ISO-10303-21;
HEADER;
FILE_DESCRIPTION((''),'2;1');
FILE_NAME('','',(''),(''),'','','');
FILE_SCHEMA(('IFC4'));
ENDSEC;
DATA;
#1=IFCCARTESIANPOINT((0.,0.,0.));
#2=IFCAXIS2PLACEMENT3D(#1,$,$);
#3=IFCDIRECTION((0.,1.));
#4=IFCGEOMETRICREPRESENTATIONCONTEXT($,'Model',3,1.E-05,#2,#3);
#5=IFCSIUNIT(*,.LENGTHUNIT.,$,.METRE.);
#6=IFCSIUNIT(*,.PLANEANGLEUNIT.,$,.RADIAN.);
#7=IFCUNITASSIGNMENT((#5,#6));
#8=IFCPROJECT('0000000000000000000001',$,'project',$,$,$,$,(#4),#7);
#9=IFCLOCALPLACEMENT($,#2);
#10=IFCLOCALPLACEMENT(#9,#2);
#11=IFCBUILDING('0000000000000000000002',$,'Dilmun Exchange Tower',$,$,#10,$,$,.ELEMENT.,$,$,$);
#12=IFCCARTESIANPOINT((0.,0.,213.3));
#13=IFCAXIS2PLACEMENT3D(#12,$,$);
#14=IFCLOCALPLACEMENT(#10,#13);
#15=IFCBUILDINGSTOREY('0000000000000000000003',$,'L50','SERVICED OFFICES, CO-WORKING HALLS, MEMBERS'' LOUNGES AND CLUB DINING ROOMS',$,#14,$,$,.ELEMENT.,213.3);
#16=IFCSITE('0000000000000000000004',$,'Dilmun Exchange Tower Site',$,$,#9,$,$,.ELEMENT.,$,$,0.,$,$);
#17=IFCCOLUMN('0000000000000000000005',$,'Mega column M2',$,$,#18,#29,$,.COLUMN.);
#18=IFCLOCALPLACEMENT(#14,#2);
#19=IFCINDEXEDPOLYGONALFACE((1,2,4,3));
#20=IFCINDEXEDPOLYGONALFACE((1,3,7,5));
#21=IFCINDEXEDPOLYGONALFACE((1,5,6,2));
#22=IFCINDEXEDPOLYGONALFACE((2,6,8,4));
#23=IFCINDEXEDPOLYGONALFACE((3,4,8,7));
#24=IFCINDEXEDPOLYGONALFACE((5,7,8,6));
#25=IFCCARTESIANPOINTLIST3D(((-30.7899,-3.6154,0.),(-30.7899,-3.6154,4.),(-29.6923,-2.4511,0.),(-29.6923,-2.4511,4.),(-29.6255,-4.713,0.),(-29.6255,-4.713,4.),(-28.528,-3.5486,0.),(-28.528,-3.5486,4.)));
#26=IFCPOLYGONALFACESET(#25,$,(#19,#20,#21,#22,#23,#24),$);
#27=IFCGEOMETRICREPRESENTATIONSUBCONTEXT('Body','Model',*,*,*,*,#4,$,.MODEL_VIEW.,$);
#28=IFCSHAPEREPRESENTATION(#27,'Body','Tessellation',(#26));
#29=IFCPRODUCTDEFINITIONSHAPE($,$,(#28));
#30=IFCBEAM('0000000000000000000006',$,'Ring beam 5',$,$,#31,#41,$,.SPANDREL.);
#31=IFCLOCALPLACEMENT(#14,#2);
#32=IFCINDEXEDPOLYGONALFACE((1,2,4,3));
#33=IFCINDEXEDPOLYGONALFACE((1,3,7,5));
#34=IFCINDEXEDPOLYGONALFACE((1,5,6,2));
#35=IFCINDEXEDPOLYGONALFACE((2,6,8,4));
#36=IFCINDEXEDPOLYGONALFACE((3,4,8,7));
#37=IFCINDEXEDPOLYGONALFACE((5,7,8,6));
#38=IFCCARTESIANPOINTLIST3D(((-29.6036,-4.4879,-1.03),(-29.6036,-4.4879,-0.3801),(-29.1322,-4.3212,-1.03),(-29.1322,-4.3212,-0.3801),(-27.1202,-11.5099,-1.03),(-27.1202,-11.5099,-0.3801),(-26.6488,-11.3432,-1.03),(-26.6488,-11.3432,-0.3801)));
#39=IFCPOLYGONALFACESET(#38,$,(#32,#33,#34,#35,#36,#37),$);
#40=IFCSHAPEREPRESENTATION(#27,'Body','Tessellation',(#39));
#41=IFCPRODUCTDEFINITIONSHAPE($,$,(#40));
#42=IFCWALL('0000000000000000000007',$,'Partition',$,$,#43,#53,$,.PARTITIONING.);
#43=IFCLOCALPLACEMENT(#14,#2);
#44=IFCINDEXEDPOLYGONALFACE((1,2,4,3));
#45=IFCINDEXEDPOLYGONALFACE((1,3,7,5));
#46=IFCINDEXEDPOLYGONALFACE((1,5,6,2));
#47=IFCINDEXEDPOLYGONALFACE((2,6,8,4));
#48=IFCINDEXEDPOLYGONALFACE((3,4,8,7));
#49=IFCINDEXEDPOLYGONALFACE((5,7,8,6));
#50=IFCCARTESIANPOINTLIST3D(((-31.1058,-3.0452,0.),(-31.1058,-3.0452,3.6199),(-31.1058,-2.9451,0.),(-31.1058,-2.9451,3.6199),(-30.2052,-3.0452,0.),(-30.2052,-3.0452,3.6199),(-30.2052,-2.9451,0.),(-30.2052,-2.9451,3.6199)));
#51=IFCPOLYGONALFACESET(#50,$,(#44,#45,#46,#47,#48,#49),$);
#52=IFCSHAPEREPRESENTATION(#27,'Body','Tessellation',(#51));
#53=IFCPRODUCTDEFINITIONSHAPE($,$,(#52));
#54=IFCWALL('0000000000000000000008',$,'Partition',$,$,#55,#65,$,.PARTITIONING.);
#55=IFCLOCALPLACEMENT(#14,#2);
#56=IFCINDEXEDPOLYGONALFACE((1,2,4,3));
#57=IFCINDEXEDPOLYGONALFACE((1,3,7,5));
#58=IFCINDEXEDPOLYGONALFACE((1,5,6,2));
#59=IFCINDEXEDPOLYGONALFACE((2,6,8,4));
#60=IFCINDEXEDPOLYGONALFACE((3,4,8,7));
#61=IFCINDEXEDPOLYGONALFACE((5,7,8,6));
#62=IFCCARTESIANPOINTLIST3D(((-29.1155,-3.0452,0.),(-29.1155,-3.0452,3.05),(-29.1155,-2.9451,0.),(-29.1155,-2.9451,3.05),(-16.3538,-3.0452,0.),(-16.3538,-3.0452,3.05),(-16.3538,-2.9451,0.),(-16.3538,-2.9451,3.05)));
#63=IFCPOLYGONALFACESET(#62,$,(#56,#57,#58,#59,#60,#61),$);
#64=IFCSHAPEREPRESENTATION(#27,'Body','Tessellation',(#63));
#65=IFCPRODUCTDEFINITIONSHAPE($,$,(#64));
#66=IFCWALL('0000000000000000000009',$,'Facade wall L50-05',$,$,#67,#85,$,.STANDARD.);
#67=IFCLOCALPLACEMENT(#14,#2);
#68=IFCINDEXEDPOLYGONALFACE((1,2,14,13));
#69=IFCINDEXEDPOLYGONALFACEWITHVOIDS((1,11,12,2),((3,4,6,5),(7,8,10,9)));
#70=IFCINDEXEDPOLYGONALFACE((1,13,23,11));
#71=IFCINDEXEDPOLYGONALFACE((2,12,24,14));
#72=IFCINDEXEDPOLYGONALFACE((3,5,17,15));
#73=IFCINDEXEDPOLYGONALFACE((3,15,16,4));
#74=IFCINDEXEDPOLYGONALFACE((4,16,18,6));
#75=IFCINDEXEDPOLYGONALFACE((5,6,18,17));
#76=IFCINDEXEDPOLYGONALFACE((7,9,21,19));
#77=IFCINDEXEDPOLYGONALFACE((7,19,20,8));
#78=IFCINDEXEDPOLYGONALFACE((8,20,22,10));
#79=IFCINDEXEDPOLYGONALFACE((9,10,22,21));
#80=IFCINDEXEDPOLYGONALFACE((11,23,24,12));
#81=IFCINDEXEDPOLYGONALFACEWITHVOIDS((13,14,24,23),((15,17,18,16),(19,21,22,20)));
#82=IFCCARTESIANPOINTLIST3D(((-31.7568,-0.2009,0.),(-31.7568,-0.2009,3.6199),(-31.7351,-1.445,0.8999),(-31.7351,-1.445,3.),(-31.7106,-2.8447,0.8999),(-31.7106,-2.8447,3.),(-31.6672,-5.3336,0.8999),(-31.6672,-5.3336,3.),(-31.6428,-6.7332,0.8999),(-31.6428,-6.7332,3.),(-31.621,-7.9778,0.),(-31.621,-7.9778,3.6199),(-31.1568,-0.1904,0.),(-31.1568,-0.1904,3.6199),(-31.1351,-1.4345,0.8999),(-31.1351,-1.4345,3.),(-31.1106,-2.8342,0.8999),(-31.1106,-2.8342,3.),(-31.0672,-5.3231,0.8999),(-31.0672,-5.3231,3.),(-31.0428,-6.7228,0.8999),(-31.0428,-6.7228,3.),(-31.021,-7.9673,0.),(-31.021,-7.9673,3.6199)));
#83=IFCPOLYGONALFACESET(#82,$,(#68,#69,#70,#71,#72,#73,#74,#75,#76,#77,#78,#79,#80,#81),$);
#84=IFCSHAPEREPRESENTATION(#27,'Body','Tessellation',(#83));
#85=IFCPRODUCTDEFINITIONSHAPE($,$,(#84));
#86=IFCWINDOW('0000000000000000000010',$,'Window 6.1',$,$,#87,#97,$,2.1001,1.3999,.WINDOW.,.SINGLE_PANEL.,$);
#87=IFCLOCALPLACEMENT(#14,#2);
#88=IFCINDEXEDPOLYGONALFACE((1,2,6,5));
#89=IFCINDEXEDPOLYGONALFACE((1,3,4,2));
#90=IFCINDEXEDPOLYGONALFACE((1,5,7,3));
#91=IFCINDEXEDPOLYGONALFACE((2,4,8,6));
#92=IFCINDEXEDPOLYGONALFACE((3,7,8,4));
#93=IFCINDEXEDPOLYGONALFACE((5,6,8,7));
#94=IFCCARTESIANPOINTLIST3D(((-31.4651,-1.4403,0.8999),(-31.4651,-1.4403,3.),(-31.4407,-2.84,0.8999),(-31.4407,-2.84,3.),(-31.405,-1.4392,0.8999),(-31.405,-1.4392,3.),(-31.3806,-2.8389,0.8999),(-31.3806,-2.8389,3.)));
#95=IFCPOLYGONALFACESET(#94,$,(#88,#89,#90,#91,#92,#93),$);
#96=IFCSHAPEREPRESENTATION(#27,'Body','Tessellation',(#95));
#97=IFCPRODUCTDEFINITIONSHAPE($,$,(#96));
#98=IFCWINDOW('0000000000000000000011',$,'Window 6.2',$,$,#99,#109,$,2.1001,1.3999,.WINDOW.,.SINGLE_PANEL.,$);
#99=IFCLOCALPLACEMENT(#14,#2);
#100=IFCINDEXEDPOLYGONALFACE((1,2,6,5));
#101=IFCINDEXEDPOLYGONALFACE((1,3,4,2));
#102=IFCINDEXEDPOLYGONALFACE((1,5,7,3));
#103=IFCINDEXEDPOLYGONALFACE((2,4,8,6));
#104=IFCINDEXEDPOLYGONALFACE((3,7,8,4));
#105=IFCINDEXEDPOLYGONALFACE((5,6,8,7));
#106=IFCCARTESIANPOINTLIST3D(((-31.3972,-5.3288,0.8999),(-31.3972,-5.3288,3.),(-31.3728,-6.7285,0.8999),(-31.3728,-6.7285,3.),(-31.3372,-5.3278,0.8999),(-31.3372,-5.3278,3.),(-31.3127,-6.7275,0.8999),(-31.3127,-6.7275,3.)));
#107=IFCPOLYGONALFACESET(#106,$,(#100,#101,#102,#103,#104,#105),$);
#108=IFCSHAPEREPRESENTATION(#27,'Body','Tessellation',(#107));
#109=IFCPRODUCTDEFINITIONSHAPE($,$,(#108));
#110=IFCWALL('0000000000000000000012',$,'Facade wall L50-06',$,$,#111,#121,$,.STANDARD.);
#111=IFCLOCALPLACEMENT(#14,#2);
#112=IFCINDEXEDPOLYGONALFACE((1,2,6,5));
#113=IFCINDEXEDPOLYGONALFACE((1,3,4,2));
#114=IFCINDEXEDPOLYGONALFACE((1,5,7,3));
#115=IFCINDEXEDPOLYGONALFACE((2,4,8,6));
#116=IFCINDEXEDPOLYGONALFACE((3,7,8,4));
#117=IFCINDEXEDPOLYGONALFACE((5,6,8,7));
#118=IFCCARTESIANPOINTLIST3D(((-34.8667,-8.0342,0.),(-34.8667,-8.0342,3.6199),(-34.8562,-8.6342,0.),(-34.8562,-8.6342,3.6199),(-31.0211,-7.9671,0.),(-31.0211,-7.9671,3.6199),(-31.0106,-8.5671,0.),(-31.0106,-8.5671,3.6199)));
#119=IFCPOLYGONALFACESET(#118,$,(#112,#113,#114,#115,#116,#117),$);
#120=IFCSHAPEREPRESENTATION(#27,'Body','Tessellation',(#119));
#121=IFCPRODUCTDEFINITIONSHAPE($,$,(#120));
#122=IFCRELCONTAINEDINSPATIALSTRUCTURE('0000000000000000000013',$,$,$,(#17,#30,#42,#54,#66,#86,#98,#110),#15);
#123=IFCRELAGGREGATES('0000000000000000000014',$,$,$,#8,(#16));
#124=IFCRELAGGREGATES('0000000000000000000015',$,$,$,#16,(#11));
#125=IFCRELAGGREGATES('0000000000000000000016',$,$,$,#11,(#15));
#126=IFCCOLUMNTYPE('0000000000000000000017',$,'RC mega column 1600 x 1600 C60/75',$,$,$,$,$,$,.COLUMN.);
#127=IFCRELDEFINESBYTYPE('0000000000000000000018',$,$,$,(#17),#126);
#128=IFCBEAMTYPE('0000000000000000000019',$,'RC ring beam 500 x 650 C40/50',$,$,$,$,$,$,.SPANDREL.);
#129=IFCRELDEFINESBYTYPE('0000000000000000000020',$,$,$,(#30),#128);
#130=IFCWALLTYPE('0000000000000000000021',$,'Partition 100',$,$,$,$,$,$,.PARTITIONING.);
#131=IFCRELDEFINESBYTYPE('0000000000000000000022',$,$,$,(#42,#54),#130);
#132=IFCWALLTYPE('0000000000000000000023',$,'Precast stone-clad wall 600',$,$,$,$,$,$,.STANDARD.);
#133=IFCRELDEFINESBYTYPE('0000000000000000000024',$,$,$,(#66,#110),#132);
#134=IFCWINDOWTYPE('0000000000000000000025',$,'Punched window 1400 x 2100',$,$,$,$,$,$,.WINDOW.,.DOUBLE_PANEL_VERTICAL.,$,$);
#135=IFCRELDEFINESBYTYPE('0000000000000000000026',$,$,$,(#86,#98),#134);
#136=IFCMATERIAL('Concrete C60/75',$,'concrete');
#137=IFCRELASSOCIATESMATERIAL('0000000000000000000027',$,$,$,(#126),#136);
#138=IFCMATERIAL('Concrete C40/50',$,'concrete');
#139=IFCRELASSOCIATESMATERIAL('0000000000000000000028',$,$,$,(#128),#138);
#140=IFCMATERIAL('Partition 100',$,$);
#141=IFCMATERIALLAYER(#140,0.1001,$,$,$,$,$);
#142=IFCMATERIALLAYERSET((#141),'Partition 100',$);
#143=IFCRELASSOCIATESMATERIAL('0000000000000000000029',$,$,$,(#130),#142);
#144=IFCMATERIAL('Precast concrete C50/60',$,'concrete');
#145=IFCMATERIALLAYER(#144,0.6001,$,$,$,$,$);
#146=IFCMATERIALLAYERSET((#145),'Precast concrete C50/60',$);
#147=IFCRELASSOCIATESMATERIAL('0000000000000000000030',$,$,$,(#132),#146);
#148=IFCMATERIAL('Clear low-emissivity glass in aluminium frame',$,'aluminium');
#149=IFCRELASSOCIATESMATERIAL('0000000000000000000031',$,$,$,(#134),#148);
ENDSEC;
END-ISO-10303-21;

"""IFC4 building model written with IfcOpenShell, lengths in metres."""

from ifc_helpers import new_model, si_unit, direction, frame, frame_2d, origin, origin_2d, place, context, subcontext, project, spatial, rectangle, extrude, material, layer, layer_set, material_profile, profile_set, type_object, element, fill, save


model = new_model("IFC4")

# Units and contexts
model_context = context("Model", 3, precision=1e-05, world=origin(), true_north=direction((0.0, 1.0)))
body_context = subcontext(model_context, "Body", "Model", "MODEL_VIEW")
ifc_project = project(units=[si_unit("LENGTHUNIT", "METRE"), si_unit("PLANEANGLEUNIT", "RADIAN")], contexts=[model_context])

# Site, building, storey
site_placement = place(None, origin())
site = spatial("IfcSite", under=ifc_project, at=site_placement, Name="Dilmun Exchange Tower Site", CompositionType="ELEMENT", RefElevation=0.0)
building_placement = place(site_placement, origin())
building = spatial("IfcBuilding", under=site, at=building_placement, Name="Dilmun Exchange Tower", CompositionType="ELEMENT")
storey_placement = place(building_placement, frame((0.0, 0.0, 213.3)))
storey = spatial("IfcBuildingStorey", under=building, at=storey_placement, Name="L50", Description="SERVICED OFFICES, CO-WORKING HALLS, MEMBERS' LOUNGES AND CLUB DINING ROOMS", CompositionType="ELEMENT", Elevation=213.3)

# Column
ifc_material_1 = material(Name="Concrete C60/75", Category="concrete")
ifc_material_profile_1 = material_profile(ifc_material_1, rectangle(XDim=1.6001, YDim=1.6001, at=origin_2d()), Name="1600 x 1600")
ifc_profile_set_1 = profile_set([ifc_material_profile_1], Name="Concrete C60/75")
column_type = type_object("IfcColumnType", Name="RC mega column 1600 x 1600 C60/75", PredefinedType="COLUMN", material=ifc_profile_set_1)
column_placement = place(storey_placement, frame((-29.6589, -3.582, 0.0), z_axis=(0.0, 0.0, 1.0), x_axis=(0.685916, 0.727681, 0.0)))
element("IfcColumn", 1, at=column_placement, inside=storey, type_object=column_type, Name="Mega column M2", PredefinedType="COLUMN", context=body_context, shape_type="SweptSolid", body=[
    extrude(rectangle(XDim=1.6001, YDim=1.6001, at=origin_2d()), origin(), (0.0, 0.0, 1.0), 4.0),
])

# Beam
ifc_material_2 = material(Name="Concrete C40/50", Category="concrete")
ifc_material_profile_2 = material_profile(ifc_material_2, rectangle(XDim=0.5, YDim=0.6499, at=origin_2d()), Name="500 x 650")
ifc_profile_set_2 = profile_set([ifc_material_profile_2], Name="Concrete C40/50")
beam_type = type_object("IfcBeamType", Name="RC ring beam 500 x 650 C40/50", PredefinedType="SPANDREL", material=ifc_profile_set_2)
beam_placement = place(storey_placement, frame((-29.3679, -4.4045, -0.7051), z_axis=(0.333424, -0.942777, 0.0), x_axis=(0.942777, 0.333424, 0.0)))
element("IfcBeam", 2, at=beam_placement, inside=storey, type_object=beam_type, Name="Ring beam 5", PredefinedType="SPANDREL", context=body_context, shape_type="SweptSolid", body=[
    extrude(rectangle(XDim=0.5, YDim=0.6499, at=origin_2d()), origin(), (0.0, 0.0, 1.0), 7.4482),
])

# Walls
ifc_material_3 = material(Name="Partition 100")
ifc_layer_1 = layer(ifc_material_3, 0.1001)
ifc_layer_set_1 = layer_set([ifc_layer_1], Name="Partition 100")
wall_type_1 = type_object("IfcWallType", Name="Partition 100", PredefinedType="PARTITIONING", material=ifc_layer_set_1)
wall_1_placement = place(storey_placement, frame((-31.1057, -2.9951, 0.0), z_axis=(0.0, 0.0, 1.0), x_axis=(1.0, 0.0, 0.0)))
element("IfcWall", 3, at=wall_1_placement, inside=storey, type_object=wall_type_1, Name="Partition", PredefinedType="PARTITIONING", context=body_context, shape_type="SweptSolid", body=[
    extrude(rectangle(XDim=0.9006, YDim=0.1001, at=frame_2d((0.4502, 0.0))), origin(), (0.0, 0.0, 1.0), 3.6199),
])
wall_2_placement = place(storey_placement, frame((-29.1155, -2.9951, 0.0), z_axis=(0.0, 0.0, 1.0), x_axis=(1.0, 0.0, 0.0)))
element("IfcWall", 4, at=wall_2_placement, inside=storey, type_object=wall_type_1, Name="Partition", PredefinedType="PARTITIONING", context=body_context, shape_type="SweptSolid", body=[
    extrude(rectangle(XDim=12.7617, YDim=0.1001, at=frame_2d((6.3809, 0.0))), origin(), (0.0, 0.0, 1.0), 3.05),
])

# Wall, openings, windows
ifc_material_4 = material(Name="Precast concrete C50/60", Category="concrete")
ifc_layer_2 = layer(ifc_material_4, 0.6001)
ifc_layer_set_2 = layer_set([ifc_layer_2], Name="Precast concrete C50/60")
wall_type_2 = type_object("IfcWallType", Name="Precast stone-clad wall 600", PredefinedType="STANDARD", material=ifc_layer_set_2)
wall_3_placement = place(storey_placement, frame((-31.4568, -0.1956, 0.0), z_axis=(0.0, 0.0, 1.0), x_axis=(0.017452, -0.999848, 0.0)))
wall_3 = element("IfcWall", 5, at=wall_3_placement, inside=storey, type_object=wall_type_2, Name="Facade wall L50-05", PredefinedType="STANDARD", context=body_context, shape_type="SweptSolid", body=[
    extrude(rectangle(XDim=7.7781, YDim=0.6001, at=frame_2d((3.8892, 0.0))), origin(), (0.0, 0.0, 1.0), 3.6199),
])
opening_1_placement = place(wall_3_placement, frame((1.2444, 0.0, 0.8999)))
opening_1 = element("IfcOpeningElement", 6, at=opening_1_placement, cuts=wall_3, PredefinedType="OPENING", context=body_context, shape_type="SweptSolid", body=[
    extrude(rectangle(XDim=1.3999, YDim=2.1001, at=frame_2d((0.7, 1.05))), frame((0.0, 0.3101, 0.0), z_axis=(0.0, -1.0, 0.0), x_axis=(1.0, 0.0, 0.0)), (0.0, 0.0, 1.0), 0.6201),
])
opening_2_placement = place(wall_3_placement, frame((5.1335, 0.0, 0.8999)))
opening_2 = element("IfcOpeningElement", 7, at=opening_2_placement, cuts=wall_3, PredefinedType="OPENING", context=body_context, shape_type="SweptSolid", body=[
    extrude(rectangle(XDim=1.3999, YDim=2.1001, at=frame_2d((0.7, 1.05))), frame((0.0, 0.3101, 0.0), z_axis=(0.0, -1.0, 0.0), x_axis=(1.0, 0.0, 0.0)), (0.0, 0.0, 1.0), 0.6201),
])
ifc_material_5 = material(Name="Clear low-emissivity glass in aluminium frame", Category="aluminium")
window_type_1 = type_object("IfcWindowType", Name="Punched window 1400 x 2100", PartitioningType="DOUBLE_PANEL_VERTICAL", PredefinedType="WINDOW", material=ifc_material_5)
window_1_placement = place(opening_1_placement, origin())
window_1 = element("IfcWindow", 8, at=window_1_placement, inside=storey, type_object=window_type_1, Name="Window 6.1", OverallHeight=2.1001, OverallWidth=1.3999, PartitioningType="SINGLE_PANEL", PredefinedType="WINDOW", context=body_context, shape_type="SweptSolid", body=[
    extrude(rectangle(XDim=1.3999, YDim=2.1001, at=frame_2d((0.7, 1.05))), frame((0.0, 0.03, 0.0), z_axis=(0.0, -1.0, 0.0), x_axis=(1.0, 0.0, 0.0)), (0.0, 0.0, 1.0), 0.0601),
])
fill(opening_1, window_1)
window_2_placement = place(opening_2_placement, origin())
window_2 = element("IfcWindow", 9, at=window_2_placement, inside=storey, type_object=window_type_1, Name="Window 6.2", OverallHeight=2.1001, OverallWidth=1.3999, PartitioningType="SINGLE_PANEL", PredefinedType="WINDOW", context=body_context, shape_type="SweptSolid", body=[
    extrude(rectangle(XDim=1.3999, YDim=2.1001, at=frame_2d((0.7, 1.05))), frame((0.0, 0.03, 0.0), z_axis=(0.0, -1.0, 0.0), x_axis=(1.0, 0.0, 0.0)), (0.0, 0.0, 1.0), 0.0601),
])
fill(opening_2, window_2)

# Wall
wall_4_placement = place(storey_placement, frame((-31.0159, -8.2671, 0.0), z_axis=(0.0, 0.0, 1.0), x_axis=(-0.999848, -0.017455, 0.0)))
element("IfcWall", 10, at=wall_4_placement, inside=storey, type_object=wall_type_2, Name="Facade wall L50-06", PredefinedType="STANDARD", context=body_context, shape_type="SweptSolid", body=[
    extrude(rectangle(XDim=3.8462, YDim=0.6001, at=frame_2d((1.9231, 0.0))), origin(), (0.0, 0.0, 1.0), 3.6199),
])

save(model, "model.ifc")
